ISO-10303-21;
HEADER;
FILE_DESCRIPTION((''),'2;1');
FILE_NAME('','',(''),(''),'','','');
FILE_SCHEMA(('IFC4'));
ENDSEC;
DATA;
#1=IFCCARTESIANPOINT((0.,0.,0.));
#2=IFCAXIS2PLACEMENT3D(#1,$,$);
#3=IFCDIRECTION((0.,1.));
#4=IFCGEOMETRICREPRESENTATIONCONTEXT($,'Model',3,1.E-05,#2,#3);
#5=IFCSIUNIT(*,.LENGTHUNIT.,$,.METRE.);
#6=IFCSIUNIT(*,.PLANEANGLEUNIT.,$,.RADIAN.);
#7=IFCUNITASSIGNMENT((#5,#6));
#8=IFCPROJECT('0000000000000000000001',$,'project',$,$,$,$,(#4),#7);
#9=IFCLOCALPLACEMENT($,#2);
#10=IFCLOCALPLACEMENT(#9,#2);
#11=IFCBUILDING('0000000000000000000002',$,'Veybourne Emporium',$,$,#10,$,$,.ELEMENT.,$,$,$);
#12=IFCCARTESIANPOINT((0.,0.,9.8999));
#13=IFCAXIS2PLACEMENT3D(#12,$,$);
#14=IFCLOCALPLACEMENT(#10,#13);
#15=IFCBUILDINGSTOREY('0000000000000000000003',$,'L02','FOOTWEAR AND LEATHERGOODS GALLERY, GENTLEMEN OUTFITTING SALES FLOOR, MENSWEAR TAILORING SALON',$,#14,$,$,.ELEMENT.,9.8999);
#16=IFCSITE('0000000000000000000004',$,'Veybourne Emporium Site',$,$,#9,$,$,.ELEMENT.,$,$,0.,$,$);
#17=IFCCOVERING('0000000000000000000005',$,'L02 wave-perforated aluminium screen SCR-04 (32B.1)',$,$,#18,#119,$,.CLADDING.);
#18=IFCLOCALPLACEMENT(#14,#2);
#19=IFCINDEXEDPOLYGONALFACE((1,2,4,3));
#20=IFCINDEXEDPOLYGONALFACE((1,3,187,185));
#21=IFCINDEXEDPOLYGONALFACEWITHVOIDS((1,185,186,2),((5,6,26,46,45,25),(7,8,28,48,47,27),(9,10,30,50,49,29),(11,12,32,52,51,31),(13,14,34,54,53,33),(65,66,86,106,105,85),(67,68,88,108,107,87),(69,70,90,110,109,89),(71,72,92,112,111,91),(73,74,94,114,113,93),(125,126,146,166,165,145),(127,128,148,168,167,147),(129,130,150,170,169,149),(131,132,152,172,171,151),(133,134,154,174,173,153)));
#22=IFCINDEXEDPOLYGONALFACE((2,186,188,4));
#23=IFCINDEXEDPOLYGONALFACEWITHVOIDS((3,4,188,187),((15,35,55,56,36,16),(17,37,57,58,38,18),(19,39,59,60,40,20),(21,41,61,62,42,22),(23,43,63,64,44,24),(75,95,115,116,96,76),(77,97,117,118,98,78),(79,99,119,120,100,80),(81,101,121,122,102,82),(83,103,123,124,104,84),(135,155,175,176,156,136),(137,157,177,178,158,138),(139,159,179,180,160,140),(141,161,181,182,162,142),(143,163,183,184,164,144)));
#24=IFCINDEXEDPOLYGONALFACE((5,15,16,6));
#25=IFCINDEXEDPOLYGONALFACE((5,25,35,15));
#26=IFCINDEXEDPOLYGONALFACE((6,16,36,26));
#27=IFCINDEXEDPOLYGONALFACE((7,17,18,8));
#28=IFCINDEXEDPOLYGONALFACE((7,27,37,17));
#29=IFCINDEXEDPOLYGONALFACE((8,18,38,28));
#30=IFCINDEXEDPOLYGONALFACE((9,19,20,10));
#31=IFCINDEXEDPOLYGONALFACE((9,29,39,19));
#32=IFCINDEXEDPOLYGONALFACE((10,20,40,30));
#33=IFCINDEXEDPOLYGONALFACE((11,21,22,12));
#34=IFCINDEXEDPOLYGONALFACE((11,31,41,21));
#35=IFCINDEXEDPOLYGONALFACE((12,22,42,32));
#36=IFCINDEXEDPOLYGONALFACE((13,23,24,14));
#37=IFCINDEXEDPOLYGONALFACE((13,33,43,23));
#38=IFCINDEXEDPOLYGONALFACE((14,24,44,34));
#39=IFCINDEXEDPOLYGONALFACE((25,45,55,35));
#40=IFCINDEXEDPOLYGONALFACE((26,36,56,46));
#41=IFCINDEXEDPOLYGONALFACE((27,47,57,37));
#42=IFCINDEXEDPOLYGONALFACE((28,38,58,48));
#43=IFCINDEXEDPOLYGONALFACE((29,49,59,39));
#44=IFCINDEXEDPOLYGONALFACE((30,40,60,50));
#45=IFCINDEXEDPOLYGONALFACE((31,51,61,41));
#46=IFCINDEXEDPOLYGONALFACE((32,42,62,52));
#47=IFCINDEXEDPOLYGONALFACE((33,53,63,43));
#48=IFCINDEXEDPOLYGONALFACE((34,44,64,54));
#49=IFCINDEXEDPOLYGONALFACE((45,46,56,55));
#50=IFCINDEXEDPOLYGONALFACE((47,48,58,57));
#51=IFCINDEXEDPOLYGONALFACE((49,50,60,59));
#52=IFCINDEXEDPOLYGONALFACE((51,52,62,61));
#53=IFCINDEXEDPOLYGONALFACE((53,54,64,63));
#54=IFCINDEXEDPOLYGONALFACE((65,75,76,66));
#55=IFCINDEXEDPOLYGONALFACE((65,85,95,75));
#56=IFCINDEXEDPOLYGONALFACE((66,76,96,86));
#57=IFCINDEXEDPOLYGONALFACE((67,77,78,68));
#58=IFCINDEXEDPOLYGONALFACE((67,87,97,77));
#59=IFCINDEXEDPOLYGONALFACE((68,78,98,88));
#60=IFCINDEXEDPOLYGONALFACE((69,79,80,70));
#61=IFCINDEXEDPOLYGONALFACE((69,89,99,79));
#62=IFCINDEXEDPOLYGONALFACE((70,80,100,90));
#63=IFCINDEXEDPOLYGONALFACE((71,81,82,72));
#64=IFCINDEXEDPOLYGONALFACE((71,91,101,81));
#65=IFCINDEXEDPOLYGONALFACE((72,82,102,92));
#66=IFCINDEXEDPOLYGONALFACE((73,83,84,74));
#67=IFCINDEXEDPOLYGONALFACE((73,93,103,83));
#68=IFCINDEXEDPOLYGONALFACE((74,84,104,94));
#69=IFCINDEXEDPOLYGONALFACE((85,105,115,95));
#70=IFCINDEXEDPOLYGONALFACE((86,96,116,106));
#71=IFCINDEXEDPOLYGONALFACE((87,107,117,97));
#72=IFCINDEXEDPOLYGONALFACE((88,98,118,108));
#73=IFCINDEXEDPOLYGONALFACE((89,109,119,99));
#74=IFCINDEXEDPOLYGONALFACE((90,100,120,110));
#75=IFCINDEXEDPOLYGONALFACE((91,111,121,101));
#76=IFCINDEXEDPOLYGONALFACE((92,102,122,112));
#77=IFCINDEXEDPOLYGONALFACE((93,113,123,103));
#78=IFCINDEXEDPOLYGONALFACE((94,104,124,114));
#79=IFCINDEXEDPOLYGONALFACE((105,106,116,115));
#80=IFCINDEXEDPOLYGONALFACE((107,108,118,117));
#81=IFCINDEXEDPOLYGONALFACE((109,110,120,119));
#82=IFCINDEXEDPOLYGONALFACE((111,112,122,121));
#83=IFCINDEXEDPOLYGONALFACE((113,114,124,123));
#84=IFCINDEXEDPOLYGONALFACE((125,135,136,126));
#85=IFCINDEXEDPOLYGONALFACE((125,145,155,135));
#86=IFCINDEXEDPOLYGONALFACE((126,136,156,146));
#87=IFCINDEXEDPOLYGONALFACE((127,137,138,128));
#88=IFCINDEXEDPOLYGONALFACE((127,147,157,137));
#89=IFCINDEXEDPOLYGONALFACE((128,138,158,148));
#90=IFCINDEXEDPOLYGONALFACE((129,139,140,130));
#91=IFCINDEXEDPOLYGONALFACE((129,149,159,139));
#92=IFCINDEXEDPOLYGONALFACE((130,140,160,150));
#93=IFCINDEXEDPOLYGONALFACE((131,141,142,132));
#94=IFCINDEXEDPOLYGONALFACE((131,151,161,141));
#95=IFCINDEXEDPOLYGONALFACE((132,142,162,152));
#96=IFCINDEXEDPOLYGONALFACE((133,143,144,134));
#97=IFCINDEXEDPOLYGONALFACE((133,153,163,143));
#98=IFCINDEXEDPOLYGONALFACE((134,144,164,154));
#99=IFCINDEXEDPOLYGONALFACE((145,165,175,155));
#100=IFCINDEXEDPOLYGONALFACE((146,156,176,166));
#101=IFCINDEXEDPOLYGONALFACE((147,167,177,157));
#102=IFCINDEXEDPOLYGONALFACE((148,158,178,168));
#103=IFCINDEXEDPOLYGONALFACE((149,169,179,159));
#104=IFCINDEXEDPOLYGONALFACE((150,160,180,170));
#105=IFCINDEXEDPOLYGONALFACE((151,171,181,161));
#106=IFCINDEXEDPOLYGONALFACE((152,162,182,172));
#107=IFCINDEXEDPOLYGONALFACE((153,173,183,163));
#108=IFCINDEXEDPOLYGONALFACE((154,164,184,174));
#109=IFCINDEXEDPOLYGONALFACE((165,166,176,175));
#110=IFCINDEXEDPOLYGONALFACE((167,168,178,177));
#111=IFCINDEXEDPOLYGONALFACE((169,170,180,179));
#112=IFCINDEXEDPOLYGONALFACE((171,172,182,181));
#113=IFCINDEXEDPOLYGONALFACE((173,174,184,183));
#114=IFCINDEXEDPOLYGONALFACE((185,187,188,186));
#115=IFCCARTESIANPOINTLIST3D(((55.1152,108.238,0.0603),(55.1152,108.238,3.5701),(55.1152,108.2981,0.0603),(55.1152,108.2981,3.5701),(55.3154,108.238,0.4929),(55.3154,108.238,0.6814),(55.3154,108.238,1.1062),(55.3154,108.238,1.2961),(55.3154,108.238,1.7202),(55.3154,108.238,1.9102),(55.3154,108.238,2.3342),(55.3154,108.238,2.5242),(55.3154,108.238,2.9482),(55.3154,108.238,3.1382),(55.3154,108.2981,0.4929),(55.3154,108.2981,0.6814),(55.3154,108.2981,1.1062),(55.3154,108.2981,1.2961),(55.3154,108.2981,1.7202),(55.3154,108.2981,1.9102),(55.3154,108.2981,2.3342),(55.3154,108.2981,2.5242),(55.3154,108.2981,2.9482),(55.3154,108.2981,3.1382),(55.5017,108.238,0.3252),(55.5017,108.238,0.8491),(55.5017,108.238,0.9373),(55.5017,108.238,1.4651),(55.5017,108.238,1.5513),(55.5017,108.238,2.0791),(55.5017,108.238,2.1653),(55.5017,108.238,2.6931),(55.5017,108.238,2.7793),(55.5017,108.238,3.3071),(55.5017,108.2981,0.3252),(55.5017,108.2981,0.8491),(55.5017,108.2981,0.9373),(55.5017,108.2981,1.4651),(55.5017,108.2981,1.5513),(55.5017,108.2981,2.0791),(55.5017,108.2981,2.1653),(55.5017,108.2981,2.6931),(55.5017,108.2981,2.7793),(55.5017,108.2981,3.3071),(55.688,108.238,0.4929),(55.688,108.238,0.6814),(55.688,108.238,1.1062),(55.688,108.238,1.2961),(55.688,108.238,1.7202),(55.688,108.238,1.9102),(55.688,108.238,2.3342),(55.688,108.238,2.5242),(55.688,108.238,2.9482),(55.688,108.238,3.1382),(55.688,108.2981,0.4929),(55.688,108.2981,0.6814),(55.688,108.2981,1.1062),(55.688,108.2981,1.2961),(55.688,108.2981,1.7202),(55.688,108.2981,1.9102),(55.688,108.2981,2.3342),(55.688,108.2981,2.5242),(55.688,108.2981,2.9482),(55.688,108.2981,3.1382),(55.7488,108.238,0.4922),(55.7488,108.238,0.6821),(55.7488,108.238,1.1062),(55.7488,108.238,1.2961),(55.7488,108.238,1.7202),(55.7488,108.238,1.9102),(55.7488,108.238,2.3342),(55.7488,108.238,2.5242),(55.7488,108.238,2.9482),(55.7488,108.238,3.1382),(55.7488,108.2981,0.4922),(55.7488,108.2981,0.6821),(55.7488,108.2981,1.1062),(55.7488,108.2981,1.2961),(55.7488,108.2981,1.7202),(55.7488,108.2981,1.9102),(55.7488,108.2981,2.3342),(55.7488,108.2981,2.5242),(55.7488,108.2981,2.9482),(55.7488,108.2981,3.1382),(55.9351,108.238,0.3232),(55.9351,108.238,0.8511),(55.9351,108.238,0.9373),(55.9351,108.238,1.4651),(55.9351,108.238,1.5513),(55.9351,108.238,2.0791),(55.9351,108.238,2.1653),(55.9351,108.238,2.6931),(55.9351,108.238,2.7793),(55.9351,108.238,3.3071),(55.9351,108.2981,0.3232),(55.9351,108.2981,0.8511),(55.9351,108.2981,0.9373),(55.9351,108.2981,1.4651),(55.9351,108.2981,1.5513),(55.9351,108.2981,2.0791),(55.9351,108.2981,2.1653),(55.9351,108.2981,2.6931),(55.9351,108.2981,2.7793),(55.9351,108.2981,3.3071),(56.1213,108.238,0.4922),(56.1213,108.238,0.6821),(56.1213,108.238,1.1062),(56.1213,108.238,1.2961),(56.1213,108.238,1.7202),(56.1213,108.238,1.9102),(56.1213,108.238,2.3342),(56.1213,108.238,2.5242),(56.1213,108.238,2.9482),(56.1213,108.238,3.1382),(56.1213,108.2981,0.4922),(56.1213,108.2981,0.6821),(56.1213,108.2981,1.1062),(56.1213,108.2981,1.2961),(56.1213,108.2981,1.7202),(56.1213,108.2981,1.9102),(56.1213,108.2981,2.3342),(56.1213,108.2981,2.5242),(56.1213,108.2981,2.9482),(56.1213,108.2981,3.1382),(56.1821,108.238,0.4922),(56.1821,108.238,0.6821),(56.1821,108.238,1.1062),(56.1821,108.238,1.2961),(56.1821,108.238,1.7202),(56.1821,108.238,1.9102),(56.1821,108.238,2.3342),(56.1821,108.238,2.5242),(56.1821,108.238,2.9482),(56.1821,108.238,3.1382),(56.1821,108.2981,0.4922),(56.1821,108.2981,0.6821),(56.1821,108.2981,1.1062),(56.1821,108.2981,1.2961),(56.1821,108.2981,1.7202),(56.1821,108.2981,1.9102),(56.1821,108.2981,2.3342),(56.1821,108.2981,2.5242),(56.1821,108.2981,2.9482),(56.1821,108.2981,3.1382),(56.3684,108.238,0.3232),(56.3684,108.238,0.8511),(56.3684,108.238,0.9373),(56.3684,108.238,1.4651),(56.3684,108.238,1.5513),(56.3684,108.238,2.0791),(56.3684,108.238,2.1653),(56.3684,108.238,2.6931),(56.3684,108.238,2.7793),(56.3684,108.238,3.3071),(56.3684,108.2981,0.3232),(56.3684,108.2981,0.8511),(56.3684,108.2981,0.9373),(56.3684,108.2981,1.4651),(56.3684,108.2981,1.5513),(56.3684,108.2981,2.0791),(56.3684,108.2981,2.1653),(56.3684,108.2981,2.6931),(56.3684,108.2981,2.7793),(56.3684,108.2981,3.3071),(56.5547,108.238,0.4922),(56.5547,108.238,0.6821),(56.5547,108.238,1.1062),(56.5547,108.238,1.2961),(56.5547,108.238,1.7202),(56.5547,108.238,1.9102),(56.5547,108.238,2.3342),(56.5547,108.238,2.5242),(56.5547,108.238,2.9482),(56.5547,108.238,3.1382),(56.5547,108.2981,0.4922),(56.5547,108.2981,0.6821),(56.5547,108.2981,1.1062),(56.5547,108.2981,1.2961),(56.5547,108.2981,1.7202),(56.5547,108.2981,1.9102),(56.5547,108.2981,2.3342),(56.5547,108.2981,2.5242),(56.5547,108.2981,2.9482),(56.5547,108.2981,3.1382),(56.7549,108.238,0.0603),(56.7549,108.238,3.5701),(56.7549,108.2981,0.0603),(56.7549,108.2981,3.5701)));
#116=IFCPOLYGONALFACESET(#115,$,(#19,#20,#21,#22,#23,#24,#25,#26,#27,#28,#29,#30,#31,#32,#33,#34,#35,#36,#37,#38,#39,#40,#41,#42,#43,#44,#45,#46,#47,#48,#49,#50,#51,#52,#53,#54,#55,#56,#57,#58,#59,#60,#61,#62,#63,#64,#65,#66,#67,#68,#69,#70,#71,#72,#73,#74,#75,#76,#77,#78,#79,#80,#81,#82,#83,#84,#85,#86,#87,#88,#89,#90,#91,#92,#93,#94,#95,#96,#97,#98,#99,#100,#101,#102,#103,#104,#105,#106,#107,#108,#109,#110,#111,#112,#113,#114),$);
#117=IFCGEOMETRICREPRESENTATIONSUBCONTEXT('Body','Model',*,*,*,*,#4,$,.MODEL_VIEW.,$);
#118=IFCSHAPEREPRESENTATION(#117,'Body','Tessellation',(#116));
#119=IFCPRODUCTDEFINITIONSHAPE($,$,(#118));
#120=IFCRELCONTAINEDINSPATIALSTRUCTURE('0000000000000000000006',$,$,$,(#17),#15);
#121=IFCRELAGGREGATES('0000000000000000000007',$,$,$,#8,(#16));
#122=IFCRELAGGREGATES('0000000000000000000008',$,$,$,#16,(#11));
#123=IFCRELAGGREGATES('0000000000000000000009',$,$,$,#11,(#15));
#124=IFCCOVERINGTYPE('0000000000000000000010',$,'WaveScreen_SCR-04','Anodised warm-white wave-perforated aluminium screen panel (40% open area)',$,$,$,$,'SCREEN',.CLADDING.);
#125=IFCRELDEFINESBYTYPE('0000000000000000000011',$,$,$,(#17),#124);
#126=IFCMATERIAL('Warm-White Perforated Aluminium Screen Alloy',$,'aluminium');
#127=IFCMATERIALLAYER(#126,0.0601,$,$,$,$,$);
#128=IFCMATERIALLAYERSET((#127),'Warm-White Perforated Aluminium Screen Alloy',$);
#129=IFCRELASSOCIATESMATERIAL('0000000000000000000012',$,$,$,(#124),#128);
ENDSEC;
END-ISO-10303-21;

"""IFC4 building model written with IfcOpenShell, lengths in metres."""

from ifc_helpers import new_model, si_unit, direction, frame, origin, place, context, subcontext, project, spatial, polyline, outline, extrude, material, layer, layer_set, type_object, element, save


model = new_model("IFC4")

# Units and contexts
model_context = context("Model", 3, precision=1e-05, world=origin(), true_north=direction((0.0, 1.0)))
body_context = subcontext(model_context, "Body", "Model", "MODEL_VIEW")
ifc_project = project(units=[si_unit("LENGTHUNIT", "METRE"), si_unit("PLANEANGLEUNIT", "RADIAN")], contexts=[model_context])

# Site, building, storey
site_placement = place(None, origin())
site = spatial("IfcSite", under=ifc_project, at=site_placement, Name="Veybourne Emporium Site", CompositionType="ELEMENT", RefElevation=0.0)
building_placement = place(site_placement, origin())
building = spatial("IfcBuilding", under=site, at=building_placement, Name="Veybourne Emporium", CompositionType="ELEMENT")
storey_placement = place(building_placement, frame((0.0, 0.0, 9.8999)))
storey = spatial("IfcBuildingStorey", under=building, at=storey_placement, Name="L02", Description="FOOTWEAR AND LEATHERGOODS GALLERY, GENTLEMEN OUTFITTING SALES FLOOR, MENSWEAR TAILORING SALON", CompositionType="ELEMENT", Elevation=9.8999)

# Covering
ifc_material_1 = material(Name="Warm-White Perforated Aluminium Screen Alloy", Category="aluminium")
ifc_layer_1 = layer(ifc_material_1, 0.0601)
ifc_layer_set_1 = layer_set([ifc_layer_1], Name="Warm-White Perforated Aluminium Screen Alloy")
covering_type_1 = type_object("IfcCoveringType", Name="WaveScreen_SCR-04", Description="Anodised warm-white wave-perforated aluminium screen panel (40% open area)", ElementType="SCREEN", PredefinedType="CLADDING", material=ifc_layer_set_1)
covering_1_placement = place(storey_placement, frame((55.9351, 108.2981, 1.8152), z_axis=(0.0, -1.0, 0.0), x_axis=(1.0, 0.0, 0.0)))
element("IfcCovering", 1, at=covering_1_placement, inside=storey, type_object=covering_type_1, Name="L02 wave-perforated aluminium screen SCR-04 (32B.1)", PredefinedType="CLADDING", context=body_context, shape_type="SweptSolid", body=[
    extrude(outline(polyline([(-0.8198, -1.7549), (0.8198, -1.7549), (0.8198, 1.7549), (-0.8198, 1.7549), (-0.8198, -1.7549)]), holes=[polyline([(-0.4333, -0.9661), (-0.2471, -1.1338), (-0.2471, -1.3223), (-0.4333, -1.49), (-0.6196, -1.3223), (-0.6196, -1.1338), (-0.4333, -0.9661)]), polyline([(-0.4333, -0.3501), (-0.2471, -0.519), (-0.2471, -0.709), (-0.4333, -0.8779), (-0.6196, -0.709), (-0.6196, -0.519), (-0.4333, -0.3501)]), polyline([(-0.4333, 0.2639), (-0.2471, 0.095), (-0.2471, -0.095), (-0.4333, -0.2639), (-0.6196, -0.095), (-0.6196, 0.095), (-0.4333, 0.2639)]), polyline([(-0.4333, 0.8779), (-0.2471, 0.709), (-0.2471, 0.519), (-0.4333, 0.3501), (-0.6196, 0.519), (-0.6196, 0.709), (-0.4333, 0.8779)]), polyline([(-0.4333, 1.4919), (-0.2471, 1.323), (-0.2471, 1.1331), (-0.4333, 0.9641), (-0.6196, 1.1331), (-0.6196, 1.323), (-0.4333, 1.4919)]), polyline([(0.0, -0.9641), (0.1863, -1.1331), (0.1863, -1.323), (0.0, -1.4919), (-0.1863, -1.323), (-0.1863, -1.1331), (0.0, -0.9641)]), polyline([(0.0, -0.3501), (0.1863, -0.519), (0.1863, -0.709), (0.0, -0.8779), (-0.1863, -0.709), (-0.1863, -0.519), (0.0, -0.3501)]), polyline([(0.0, 0.2639), (0.1863, 0.095), (0.1863, -0.095), (0.0, -0.2639), (-0.1863, -0.095), (-0.1863, 0.095), (0.0, 0.2639)]), polyline([(0.0, 0.8779), (0.1863, 0.709), (0.1863, 0.519), (0.0, 0.3501), (-0.1863, 0.519), (-0.1863, 0.709), (0.0, 0.8779)]), polyline([(0.0, 1.4919), (0.1863, 1.323), (0.1863, 1.1331), (0.0, 0.9641), (-0.1863, 1.1331), (-0.1863, 1.323), (0.0, 1.4919)]), polyline([(0.4333, -0.9641), (0.6196, -1.1331), (0.6196, -1.323), (0.4333, -1.4919), (0.2471, -1.323), (0.2471, -1.1331), (0.4333, -0.9641)]), polyline([(0.4333, -0.3501), (0.6196, -0.519), (0.6196, -0.709), (0.4333, -0.8779), (0.2471, -0.709), (0.2471, -0.519), (0.4333, -0.3501)]), polyline([(0.4333, 0.2639), (0.6196, 0.095), (0.6196, -0.095), (0.4333, -0.2639), (0.2471, -0.095), (0.2471, 0.095), (0.4333, 0.2639)]), polyline([(0.4333, 0.8779), (0.6196, 0.709), (0.6196, 0.519), (0.4333, 0.3501), (0.2471, 0.519), (0.2471, 0.709), (0.4333, 0.8779)]), polyline([(0.4333, 1.4919), (0.6196, 1.323), (0.6196, 1.1331), (0.4333, 0.9641), (0.2471, 1.1331), (0.2471, 1.323), (0.4333, 1.4919)])]), origin(), (0.0, 0.0, 1.0), 0.0601),
])

save(model, "model.ifc")
